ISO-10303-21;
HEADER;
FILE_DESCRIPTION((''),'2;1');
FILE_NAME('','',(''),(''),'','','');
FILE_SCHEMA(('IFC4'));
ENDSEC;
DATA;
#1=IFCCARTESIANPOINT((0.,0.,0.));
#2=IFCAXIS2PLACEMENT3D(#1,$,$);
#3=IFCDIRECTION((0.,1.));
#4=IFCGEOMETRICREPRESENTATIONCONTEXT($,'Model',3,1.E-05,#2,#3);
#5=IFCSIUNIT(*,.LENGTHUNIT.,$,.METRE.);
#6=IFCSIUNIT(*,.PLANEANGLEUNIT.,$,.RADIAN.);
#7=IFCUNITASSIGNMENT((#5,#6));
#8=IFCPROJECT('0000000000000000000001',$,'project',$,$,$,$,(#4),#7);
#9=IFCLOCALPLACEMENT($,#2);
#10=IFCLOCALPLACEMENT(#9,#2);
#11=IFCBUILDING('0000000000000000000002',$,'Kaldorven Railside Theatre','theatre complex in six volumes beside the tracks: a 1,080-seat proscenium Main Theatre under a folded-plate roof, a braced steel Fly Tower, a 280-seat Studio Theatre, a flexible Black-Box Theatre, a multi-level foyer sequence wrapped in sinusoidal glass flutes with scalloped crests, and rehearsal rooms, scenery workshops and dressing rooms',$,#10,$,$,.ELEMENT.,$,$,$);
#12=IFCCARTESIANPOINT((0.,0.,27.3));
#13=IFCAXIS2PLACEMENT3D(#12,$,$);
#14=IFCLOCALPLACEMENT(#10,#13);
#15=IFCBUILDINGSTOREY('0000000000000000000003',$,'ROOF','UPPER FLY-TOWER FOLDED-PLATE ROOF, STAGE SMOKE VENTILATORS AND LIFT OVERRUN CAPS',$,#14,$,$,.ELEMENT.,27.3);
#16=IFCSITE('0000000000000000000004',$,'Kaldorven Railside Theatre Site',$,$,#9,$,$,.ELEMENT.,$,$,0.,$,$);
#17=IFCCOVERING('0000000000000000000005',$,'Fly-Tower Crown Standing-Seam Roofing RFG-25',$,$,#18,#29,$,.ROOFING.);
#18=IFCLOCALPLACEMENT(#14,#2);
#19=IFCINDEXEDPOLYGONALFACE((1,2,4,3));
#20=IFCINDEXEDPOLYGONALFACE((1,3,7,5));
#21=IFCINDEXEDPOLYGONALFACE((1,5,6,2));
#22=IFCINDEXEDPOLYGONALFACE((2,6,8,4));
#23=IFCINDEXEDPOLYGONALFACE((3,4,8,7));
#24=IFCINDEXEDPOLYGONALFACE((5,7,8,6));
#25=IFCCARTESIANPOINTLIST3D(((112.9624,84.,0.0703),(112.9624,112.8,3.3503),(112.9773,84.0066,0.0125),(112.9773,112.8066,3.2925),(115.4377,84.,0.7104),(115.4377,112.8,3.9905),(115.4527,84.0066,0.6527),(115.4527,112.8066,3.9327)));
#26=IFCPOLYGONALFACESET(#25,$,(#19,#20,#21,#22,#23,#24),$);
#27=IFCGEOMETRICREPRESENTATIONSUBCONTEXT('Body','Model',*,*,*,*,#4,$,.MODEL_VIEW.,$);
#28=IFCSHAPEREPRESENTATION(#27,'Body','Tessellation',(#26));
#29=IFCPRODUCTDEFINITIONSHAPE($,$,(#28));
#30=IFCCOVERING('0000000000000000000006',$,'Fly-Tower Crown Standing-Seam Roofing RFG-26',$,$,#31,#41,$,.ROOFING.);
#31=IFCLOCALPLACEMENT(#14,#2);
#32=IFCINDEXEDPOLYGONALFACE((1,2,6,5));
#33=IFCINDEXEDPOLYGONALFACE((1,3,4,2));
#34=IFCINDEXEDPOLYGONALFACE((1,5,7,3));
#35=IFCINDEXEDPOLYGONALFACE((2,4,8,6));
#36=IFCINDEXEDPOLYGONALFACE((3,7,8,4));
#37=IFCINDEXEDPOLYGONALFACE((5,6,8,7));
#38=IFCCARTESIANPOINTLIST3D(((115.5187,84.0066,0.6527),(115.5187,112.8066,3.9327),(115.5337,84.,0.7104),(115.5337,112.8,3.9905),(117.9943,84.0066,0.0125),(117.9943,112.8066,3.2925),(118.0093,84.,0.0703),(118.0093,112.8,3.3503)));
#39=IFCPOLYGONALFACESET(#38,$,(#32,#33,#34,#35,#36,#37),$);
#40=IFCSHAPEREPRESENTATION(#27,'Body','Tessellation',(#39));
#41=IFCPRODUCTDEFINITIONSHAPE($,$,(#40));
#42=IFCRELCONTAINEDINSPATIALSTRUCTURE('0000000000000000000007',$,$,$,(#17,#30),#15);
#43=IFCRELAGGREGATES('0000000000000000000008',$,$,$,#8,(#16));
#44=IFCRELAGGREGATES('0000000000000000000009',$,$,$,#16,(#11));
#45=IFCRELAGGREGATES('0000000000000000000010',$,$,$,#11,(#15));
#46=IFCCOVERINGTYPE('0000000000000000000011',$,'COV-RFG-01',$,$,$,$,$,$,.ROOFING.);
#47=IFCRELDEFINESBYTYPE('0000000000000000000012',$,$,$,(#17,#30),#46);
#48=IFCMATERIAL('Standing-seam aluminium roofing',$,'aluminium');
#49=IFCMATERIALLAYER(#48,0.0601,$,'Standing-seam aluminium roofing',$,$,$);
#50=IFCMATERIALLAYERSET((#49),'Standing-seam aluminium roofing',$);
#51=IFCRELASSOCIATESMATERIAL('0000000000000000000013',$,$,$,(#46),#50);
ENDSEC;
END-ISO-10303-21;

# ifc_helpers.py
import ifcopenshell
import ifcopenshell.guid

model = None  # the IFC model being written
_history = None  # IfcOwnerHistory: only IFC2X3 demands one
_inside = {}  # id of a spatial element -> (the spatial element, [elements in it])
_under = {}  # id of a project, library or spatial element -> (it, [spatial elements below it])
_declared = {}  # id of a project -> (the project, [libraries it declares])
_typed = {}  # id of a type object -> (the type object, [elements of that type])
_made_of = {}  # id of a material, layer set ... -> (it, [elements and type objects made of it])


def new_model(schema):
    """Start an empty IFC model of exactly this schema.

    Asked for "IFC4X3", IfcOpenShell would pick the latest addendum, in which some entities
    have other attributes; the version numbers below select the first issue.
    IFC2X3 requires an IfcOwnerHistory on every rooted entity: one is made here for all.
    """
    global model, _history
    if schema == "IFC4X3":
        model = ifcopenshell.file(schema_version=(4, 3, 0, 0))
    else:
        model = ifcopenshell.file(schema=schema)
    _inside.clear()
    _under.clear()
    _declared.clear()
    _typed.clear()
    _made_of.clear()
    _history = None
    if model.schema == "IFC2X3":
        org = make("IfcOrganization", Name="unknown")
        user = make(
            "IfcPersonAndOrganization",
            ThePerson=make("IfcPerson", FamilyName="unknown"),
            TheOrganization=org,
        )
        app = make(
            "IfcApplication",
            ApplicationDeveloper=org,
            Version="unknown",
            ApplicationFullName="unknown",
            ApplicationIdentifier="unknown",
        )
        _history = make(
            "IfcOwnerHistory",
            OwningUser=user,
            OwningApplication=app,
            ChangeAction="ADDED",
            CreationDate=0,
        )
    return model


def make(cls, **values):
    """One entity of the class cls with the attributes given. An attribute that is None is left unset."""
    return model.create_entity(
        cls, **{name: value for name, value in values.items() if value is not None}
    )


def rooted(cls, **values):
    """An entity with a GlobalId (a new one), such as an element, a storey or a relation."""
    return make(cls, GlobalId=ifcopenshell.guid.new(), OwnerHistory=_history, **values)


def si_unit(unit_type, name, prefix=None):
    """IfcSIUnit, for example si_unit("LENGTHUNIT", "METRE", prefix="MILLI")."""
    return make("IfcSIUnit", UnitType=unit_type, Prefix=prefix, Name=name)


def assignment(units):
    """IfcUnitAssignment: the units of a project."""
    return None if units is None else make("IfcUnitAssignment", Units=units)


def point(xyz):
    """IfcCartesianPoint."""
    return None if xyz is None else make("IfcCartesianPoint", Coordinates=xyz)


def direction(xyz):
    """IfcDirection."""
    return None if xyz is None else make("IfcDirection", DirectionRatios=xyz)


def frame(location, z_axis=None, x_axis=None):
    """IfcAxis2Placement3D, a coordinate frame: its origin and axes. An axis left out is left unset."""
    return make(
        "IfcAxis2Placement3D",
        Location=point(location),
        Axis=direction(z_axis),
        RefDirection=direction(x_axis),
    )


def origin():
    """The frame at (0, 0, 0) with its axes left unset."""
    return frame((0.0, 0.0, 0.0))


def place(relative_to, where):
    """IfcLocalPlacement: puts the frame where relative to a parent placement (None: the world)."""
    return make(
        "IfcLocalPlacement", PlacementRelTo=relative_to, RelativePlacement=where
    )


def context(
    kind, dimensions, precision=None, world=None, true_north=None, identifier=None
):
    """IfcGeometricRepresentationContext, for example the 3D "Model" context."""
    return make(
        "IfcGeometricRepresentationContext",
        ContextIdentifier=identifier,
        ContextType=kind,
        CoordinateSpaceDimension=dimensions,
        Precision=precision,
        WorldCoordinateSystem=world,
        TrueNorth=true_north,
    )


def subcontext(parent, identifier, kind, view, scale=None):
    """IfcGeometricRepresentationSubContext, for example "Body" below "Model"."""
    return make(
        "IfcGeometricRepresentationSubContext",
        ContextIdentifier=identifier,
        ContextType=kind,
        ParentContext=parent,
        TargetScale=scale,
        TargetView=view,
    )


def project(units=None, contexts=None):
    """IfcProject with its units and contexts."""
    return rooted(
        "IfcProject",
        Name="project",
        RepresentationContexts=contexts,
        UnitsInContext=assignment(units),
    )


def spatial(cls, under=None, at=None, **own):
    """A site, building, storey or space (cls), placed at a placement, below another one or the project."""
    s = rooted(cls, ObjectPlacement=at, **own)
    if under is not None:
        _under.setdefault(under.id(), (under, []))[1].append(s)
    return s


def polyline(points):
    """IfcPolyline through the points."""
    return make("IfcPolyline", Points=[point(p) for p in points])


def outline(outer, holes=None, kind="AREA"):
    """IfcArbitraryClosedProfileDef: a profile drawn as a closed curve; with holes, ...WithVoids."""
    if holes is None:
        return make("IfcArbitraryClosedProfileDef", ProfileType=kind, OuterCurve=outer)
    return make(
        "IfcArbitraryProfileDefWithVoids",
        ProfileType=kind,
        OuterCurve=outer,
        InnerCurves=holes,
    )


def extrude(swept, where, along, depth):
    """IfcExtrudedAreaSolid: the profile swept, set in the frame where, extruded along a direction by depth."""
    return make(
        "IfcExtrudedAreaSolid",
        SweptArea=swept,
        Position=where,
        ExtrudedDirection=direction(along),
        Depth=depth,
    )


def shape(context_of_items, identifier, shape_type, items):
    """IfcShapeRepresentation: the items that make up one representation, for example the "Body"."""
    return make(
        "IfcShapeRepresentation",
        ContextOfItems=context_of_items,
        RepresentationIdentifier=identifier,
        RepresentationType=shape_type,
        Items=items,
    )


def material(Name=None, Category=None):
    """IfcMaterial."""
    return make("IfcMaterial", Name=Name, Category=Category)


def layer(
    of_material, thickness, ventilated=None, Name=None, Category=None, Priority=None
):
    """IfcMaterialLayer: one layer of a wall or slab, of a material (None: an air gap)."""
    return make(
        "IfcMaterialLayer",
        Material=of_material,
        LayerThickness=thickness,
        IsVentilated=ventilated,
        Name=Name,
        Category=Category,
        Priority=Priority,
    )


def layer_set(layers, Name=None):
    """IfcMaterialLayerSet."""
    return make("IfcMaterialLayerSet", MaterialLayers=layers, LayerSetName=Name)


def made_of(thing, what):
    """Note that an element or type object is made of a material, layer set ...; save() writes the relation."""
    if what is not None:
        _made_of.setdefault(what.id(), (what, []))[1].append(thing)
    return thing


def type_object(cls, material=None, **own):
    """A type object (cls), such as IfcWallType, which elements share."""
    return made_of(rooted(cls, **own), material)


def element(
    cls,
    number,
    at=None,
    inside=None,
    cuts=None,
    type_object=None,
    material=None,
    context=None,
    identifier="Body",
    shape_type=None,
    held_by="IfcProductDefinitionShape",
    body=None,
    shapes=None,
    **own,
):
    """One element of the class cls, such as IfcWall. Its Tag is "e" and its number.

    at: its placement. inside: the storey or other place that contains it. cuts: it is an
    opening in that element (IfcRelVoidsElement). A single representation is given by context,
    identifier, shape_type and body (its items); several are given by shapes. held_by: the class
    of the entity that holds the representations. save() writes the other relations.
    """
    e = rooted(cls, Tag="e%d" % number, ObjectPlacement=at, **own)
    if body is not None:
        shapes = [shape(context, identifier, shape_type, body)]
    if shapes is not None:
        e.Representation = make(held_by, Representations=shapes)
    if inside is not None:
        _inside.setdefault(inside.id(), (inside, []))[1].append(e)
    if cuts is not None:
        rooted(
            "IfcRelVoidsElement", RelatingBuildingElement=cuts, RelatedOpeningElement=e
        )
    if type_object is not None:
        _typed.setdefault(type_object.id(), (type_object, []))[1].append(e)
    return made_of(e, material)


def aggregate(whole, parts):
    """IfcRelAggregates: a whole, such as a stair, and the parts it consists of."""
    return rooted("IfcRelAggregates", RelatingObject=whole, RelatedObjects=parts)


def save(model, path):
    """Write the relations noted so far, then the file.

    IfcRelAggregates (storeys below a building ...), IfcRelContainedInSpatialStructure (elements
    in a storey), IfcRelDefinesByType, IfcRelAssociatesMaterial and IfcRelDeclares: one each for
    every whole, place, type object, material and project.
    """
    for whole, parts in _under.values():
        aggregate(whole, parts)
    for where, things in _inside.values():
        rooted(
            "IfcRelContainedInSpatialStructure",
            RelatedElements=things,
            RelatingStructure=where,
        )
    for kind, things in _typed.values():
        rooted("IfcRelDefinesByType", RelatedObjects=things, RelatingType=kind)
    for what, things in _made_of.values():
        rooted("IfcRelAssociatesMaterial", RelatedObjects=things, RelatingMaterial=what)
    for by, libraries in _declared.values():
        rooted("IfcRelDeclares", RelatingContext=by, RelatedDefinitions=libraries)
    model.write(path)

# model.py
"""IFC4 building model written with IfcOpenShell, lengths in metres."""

from ifc_helpers import new_model, si_unit, direction, frame, origin, place, context, subcontext, project, spatial, polyline, outline, extrude, material, layer, layer_set, type_object, element, save


model = new_model("IFC4")

# Units and contexts
model_context = context("Model", 3, precision=1e-05, world=origin(), true_north=direction((0.0, 1.0)))
body_context = subcontext(model_context, "Body", "Model", "MODEL_VIEW")
ifc_project = project(units=[si_unit("LENGTHUNIT", "METRE"), si_unit("PLANEANGLEUNIT", "RADIAN")], contexts=[model_context])

# Site, building, storey
site_placement = place(None, origin())
site = spatial("IfcSite", under=ifc_project, at=site_placement, Name="Kaldorven Railside Theatre Site", CompositionType="ELEMENT", RefElevation=0.0)
building_placement = place(site_placement, origin())
building = spatial("IfcBuilding", under=site, at=building_placement, Name="Kaldorven Railside Theatre", Description="theatre complex in six volumes beside the tracks: a 1,080-seat proscenium Main Theatre under a folded-plate roof, a braced steel Fly Tower, a 280-seat Studio Theatre, a flexible Black-Box Theatre, a multi-level foyer sequence wrapped in sinusoidal glass flutes with scalloped crests, and rehearsal rooms, scenery workshops and dressing rooms", CompositionType="ELEMENT")
storey_placement = place(building_placement, frame((0.0, 0.0, 27.3)))
storey = spatial("IfcBuildingStorey", under=building, at=storey_placement, Name="ROOF", Description="UPPER FLY-TOWER FOLDED-PLATE ROOF, STAGE SMOKE VENTILATORS AND LIFT OVERRUN CAPS", CompositionType="ELEMENT", Elevation=27.3)

# Coverings
ifc_material_1 = material(Name="Standing-seam aluminium roofing", Category="aluminium")
ifc_layer_1 = layer(ifc_material_1, 0.0601, Name="Standing-seam aluminium roofing")
ifc_layer_set_1 = layer_set([ifc_layer_1], Name="Standing-seam aluminium roofing")
covering_type = type_object("IfcCoveringType", Name="COV-RFG-01", PredefinedType="ROOFING", material=ifc_layer_set_1)
covering_1_placement = place(storey_placement, frame((112.9624, 84.0, 0.0703), z_axis=(-0.248861, -0.109598, 0.962318), x_axis=(0.968151, 0.0, 0.250369)))
element("IfcCovering", 1, at=covering_1_placement, inside=storey, type_object=covering_type, Name="Fly-Tower Crown Standing-Seam Roofing RFG-25", PredefinedType="ROOFING", context=body_context, shape_type="SweptSolid", body=[
    extrude(outline(polyline([(0.0, 0.0), (2.5568, 0.0), (3.378, 28.9746), (0.8212, 28.9746), (0.0, 0.0)])), origin(), (0.0, 0.0, -1.0), 0.0601),
])
covering_2_placement = place(storey_placement, frame((115.5337, 84.0, 0.7104), z_axis=(0.248838, -0.109599, 0.962324), x_axis=(0.968156, 0.0, -0.250346)))
element("IfcCovering", 2, at=covering_2_placement, inside=storey, type_object=covering_type, Name="Fly-Tower Crown Standing-Seam Roofing RFG-26", PredefinedType="ROOFING", context=body_context, shape_type="SweptSolid", body=[
    extrude(outline(polyline([(0.0, 0.0), (2.557, 0.0), (1.7359, 28.9746), (-0.8211, 28.9746), (0.0, 0.0)])), origin(), (0.0, 0.0, -1.0), 0.0601),
])

save(model, "model.ifc")
